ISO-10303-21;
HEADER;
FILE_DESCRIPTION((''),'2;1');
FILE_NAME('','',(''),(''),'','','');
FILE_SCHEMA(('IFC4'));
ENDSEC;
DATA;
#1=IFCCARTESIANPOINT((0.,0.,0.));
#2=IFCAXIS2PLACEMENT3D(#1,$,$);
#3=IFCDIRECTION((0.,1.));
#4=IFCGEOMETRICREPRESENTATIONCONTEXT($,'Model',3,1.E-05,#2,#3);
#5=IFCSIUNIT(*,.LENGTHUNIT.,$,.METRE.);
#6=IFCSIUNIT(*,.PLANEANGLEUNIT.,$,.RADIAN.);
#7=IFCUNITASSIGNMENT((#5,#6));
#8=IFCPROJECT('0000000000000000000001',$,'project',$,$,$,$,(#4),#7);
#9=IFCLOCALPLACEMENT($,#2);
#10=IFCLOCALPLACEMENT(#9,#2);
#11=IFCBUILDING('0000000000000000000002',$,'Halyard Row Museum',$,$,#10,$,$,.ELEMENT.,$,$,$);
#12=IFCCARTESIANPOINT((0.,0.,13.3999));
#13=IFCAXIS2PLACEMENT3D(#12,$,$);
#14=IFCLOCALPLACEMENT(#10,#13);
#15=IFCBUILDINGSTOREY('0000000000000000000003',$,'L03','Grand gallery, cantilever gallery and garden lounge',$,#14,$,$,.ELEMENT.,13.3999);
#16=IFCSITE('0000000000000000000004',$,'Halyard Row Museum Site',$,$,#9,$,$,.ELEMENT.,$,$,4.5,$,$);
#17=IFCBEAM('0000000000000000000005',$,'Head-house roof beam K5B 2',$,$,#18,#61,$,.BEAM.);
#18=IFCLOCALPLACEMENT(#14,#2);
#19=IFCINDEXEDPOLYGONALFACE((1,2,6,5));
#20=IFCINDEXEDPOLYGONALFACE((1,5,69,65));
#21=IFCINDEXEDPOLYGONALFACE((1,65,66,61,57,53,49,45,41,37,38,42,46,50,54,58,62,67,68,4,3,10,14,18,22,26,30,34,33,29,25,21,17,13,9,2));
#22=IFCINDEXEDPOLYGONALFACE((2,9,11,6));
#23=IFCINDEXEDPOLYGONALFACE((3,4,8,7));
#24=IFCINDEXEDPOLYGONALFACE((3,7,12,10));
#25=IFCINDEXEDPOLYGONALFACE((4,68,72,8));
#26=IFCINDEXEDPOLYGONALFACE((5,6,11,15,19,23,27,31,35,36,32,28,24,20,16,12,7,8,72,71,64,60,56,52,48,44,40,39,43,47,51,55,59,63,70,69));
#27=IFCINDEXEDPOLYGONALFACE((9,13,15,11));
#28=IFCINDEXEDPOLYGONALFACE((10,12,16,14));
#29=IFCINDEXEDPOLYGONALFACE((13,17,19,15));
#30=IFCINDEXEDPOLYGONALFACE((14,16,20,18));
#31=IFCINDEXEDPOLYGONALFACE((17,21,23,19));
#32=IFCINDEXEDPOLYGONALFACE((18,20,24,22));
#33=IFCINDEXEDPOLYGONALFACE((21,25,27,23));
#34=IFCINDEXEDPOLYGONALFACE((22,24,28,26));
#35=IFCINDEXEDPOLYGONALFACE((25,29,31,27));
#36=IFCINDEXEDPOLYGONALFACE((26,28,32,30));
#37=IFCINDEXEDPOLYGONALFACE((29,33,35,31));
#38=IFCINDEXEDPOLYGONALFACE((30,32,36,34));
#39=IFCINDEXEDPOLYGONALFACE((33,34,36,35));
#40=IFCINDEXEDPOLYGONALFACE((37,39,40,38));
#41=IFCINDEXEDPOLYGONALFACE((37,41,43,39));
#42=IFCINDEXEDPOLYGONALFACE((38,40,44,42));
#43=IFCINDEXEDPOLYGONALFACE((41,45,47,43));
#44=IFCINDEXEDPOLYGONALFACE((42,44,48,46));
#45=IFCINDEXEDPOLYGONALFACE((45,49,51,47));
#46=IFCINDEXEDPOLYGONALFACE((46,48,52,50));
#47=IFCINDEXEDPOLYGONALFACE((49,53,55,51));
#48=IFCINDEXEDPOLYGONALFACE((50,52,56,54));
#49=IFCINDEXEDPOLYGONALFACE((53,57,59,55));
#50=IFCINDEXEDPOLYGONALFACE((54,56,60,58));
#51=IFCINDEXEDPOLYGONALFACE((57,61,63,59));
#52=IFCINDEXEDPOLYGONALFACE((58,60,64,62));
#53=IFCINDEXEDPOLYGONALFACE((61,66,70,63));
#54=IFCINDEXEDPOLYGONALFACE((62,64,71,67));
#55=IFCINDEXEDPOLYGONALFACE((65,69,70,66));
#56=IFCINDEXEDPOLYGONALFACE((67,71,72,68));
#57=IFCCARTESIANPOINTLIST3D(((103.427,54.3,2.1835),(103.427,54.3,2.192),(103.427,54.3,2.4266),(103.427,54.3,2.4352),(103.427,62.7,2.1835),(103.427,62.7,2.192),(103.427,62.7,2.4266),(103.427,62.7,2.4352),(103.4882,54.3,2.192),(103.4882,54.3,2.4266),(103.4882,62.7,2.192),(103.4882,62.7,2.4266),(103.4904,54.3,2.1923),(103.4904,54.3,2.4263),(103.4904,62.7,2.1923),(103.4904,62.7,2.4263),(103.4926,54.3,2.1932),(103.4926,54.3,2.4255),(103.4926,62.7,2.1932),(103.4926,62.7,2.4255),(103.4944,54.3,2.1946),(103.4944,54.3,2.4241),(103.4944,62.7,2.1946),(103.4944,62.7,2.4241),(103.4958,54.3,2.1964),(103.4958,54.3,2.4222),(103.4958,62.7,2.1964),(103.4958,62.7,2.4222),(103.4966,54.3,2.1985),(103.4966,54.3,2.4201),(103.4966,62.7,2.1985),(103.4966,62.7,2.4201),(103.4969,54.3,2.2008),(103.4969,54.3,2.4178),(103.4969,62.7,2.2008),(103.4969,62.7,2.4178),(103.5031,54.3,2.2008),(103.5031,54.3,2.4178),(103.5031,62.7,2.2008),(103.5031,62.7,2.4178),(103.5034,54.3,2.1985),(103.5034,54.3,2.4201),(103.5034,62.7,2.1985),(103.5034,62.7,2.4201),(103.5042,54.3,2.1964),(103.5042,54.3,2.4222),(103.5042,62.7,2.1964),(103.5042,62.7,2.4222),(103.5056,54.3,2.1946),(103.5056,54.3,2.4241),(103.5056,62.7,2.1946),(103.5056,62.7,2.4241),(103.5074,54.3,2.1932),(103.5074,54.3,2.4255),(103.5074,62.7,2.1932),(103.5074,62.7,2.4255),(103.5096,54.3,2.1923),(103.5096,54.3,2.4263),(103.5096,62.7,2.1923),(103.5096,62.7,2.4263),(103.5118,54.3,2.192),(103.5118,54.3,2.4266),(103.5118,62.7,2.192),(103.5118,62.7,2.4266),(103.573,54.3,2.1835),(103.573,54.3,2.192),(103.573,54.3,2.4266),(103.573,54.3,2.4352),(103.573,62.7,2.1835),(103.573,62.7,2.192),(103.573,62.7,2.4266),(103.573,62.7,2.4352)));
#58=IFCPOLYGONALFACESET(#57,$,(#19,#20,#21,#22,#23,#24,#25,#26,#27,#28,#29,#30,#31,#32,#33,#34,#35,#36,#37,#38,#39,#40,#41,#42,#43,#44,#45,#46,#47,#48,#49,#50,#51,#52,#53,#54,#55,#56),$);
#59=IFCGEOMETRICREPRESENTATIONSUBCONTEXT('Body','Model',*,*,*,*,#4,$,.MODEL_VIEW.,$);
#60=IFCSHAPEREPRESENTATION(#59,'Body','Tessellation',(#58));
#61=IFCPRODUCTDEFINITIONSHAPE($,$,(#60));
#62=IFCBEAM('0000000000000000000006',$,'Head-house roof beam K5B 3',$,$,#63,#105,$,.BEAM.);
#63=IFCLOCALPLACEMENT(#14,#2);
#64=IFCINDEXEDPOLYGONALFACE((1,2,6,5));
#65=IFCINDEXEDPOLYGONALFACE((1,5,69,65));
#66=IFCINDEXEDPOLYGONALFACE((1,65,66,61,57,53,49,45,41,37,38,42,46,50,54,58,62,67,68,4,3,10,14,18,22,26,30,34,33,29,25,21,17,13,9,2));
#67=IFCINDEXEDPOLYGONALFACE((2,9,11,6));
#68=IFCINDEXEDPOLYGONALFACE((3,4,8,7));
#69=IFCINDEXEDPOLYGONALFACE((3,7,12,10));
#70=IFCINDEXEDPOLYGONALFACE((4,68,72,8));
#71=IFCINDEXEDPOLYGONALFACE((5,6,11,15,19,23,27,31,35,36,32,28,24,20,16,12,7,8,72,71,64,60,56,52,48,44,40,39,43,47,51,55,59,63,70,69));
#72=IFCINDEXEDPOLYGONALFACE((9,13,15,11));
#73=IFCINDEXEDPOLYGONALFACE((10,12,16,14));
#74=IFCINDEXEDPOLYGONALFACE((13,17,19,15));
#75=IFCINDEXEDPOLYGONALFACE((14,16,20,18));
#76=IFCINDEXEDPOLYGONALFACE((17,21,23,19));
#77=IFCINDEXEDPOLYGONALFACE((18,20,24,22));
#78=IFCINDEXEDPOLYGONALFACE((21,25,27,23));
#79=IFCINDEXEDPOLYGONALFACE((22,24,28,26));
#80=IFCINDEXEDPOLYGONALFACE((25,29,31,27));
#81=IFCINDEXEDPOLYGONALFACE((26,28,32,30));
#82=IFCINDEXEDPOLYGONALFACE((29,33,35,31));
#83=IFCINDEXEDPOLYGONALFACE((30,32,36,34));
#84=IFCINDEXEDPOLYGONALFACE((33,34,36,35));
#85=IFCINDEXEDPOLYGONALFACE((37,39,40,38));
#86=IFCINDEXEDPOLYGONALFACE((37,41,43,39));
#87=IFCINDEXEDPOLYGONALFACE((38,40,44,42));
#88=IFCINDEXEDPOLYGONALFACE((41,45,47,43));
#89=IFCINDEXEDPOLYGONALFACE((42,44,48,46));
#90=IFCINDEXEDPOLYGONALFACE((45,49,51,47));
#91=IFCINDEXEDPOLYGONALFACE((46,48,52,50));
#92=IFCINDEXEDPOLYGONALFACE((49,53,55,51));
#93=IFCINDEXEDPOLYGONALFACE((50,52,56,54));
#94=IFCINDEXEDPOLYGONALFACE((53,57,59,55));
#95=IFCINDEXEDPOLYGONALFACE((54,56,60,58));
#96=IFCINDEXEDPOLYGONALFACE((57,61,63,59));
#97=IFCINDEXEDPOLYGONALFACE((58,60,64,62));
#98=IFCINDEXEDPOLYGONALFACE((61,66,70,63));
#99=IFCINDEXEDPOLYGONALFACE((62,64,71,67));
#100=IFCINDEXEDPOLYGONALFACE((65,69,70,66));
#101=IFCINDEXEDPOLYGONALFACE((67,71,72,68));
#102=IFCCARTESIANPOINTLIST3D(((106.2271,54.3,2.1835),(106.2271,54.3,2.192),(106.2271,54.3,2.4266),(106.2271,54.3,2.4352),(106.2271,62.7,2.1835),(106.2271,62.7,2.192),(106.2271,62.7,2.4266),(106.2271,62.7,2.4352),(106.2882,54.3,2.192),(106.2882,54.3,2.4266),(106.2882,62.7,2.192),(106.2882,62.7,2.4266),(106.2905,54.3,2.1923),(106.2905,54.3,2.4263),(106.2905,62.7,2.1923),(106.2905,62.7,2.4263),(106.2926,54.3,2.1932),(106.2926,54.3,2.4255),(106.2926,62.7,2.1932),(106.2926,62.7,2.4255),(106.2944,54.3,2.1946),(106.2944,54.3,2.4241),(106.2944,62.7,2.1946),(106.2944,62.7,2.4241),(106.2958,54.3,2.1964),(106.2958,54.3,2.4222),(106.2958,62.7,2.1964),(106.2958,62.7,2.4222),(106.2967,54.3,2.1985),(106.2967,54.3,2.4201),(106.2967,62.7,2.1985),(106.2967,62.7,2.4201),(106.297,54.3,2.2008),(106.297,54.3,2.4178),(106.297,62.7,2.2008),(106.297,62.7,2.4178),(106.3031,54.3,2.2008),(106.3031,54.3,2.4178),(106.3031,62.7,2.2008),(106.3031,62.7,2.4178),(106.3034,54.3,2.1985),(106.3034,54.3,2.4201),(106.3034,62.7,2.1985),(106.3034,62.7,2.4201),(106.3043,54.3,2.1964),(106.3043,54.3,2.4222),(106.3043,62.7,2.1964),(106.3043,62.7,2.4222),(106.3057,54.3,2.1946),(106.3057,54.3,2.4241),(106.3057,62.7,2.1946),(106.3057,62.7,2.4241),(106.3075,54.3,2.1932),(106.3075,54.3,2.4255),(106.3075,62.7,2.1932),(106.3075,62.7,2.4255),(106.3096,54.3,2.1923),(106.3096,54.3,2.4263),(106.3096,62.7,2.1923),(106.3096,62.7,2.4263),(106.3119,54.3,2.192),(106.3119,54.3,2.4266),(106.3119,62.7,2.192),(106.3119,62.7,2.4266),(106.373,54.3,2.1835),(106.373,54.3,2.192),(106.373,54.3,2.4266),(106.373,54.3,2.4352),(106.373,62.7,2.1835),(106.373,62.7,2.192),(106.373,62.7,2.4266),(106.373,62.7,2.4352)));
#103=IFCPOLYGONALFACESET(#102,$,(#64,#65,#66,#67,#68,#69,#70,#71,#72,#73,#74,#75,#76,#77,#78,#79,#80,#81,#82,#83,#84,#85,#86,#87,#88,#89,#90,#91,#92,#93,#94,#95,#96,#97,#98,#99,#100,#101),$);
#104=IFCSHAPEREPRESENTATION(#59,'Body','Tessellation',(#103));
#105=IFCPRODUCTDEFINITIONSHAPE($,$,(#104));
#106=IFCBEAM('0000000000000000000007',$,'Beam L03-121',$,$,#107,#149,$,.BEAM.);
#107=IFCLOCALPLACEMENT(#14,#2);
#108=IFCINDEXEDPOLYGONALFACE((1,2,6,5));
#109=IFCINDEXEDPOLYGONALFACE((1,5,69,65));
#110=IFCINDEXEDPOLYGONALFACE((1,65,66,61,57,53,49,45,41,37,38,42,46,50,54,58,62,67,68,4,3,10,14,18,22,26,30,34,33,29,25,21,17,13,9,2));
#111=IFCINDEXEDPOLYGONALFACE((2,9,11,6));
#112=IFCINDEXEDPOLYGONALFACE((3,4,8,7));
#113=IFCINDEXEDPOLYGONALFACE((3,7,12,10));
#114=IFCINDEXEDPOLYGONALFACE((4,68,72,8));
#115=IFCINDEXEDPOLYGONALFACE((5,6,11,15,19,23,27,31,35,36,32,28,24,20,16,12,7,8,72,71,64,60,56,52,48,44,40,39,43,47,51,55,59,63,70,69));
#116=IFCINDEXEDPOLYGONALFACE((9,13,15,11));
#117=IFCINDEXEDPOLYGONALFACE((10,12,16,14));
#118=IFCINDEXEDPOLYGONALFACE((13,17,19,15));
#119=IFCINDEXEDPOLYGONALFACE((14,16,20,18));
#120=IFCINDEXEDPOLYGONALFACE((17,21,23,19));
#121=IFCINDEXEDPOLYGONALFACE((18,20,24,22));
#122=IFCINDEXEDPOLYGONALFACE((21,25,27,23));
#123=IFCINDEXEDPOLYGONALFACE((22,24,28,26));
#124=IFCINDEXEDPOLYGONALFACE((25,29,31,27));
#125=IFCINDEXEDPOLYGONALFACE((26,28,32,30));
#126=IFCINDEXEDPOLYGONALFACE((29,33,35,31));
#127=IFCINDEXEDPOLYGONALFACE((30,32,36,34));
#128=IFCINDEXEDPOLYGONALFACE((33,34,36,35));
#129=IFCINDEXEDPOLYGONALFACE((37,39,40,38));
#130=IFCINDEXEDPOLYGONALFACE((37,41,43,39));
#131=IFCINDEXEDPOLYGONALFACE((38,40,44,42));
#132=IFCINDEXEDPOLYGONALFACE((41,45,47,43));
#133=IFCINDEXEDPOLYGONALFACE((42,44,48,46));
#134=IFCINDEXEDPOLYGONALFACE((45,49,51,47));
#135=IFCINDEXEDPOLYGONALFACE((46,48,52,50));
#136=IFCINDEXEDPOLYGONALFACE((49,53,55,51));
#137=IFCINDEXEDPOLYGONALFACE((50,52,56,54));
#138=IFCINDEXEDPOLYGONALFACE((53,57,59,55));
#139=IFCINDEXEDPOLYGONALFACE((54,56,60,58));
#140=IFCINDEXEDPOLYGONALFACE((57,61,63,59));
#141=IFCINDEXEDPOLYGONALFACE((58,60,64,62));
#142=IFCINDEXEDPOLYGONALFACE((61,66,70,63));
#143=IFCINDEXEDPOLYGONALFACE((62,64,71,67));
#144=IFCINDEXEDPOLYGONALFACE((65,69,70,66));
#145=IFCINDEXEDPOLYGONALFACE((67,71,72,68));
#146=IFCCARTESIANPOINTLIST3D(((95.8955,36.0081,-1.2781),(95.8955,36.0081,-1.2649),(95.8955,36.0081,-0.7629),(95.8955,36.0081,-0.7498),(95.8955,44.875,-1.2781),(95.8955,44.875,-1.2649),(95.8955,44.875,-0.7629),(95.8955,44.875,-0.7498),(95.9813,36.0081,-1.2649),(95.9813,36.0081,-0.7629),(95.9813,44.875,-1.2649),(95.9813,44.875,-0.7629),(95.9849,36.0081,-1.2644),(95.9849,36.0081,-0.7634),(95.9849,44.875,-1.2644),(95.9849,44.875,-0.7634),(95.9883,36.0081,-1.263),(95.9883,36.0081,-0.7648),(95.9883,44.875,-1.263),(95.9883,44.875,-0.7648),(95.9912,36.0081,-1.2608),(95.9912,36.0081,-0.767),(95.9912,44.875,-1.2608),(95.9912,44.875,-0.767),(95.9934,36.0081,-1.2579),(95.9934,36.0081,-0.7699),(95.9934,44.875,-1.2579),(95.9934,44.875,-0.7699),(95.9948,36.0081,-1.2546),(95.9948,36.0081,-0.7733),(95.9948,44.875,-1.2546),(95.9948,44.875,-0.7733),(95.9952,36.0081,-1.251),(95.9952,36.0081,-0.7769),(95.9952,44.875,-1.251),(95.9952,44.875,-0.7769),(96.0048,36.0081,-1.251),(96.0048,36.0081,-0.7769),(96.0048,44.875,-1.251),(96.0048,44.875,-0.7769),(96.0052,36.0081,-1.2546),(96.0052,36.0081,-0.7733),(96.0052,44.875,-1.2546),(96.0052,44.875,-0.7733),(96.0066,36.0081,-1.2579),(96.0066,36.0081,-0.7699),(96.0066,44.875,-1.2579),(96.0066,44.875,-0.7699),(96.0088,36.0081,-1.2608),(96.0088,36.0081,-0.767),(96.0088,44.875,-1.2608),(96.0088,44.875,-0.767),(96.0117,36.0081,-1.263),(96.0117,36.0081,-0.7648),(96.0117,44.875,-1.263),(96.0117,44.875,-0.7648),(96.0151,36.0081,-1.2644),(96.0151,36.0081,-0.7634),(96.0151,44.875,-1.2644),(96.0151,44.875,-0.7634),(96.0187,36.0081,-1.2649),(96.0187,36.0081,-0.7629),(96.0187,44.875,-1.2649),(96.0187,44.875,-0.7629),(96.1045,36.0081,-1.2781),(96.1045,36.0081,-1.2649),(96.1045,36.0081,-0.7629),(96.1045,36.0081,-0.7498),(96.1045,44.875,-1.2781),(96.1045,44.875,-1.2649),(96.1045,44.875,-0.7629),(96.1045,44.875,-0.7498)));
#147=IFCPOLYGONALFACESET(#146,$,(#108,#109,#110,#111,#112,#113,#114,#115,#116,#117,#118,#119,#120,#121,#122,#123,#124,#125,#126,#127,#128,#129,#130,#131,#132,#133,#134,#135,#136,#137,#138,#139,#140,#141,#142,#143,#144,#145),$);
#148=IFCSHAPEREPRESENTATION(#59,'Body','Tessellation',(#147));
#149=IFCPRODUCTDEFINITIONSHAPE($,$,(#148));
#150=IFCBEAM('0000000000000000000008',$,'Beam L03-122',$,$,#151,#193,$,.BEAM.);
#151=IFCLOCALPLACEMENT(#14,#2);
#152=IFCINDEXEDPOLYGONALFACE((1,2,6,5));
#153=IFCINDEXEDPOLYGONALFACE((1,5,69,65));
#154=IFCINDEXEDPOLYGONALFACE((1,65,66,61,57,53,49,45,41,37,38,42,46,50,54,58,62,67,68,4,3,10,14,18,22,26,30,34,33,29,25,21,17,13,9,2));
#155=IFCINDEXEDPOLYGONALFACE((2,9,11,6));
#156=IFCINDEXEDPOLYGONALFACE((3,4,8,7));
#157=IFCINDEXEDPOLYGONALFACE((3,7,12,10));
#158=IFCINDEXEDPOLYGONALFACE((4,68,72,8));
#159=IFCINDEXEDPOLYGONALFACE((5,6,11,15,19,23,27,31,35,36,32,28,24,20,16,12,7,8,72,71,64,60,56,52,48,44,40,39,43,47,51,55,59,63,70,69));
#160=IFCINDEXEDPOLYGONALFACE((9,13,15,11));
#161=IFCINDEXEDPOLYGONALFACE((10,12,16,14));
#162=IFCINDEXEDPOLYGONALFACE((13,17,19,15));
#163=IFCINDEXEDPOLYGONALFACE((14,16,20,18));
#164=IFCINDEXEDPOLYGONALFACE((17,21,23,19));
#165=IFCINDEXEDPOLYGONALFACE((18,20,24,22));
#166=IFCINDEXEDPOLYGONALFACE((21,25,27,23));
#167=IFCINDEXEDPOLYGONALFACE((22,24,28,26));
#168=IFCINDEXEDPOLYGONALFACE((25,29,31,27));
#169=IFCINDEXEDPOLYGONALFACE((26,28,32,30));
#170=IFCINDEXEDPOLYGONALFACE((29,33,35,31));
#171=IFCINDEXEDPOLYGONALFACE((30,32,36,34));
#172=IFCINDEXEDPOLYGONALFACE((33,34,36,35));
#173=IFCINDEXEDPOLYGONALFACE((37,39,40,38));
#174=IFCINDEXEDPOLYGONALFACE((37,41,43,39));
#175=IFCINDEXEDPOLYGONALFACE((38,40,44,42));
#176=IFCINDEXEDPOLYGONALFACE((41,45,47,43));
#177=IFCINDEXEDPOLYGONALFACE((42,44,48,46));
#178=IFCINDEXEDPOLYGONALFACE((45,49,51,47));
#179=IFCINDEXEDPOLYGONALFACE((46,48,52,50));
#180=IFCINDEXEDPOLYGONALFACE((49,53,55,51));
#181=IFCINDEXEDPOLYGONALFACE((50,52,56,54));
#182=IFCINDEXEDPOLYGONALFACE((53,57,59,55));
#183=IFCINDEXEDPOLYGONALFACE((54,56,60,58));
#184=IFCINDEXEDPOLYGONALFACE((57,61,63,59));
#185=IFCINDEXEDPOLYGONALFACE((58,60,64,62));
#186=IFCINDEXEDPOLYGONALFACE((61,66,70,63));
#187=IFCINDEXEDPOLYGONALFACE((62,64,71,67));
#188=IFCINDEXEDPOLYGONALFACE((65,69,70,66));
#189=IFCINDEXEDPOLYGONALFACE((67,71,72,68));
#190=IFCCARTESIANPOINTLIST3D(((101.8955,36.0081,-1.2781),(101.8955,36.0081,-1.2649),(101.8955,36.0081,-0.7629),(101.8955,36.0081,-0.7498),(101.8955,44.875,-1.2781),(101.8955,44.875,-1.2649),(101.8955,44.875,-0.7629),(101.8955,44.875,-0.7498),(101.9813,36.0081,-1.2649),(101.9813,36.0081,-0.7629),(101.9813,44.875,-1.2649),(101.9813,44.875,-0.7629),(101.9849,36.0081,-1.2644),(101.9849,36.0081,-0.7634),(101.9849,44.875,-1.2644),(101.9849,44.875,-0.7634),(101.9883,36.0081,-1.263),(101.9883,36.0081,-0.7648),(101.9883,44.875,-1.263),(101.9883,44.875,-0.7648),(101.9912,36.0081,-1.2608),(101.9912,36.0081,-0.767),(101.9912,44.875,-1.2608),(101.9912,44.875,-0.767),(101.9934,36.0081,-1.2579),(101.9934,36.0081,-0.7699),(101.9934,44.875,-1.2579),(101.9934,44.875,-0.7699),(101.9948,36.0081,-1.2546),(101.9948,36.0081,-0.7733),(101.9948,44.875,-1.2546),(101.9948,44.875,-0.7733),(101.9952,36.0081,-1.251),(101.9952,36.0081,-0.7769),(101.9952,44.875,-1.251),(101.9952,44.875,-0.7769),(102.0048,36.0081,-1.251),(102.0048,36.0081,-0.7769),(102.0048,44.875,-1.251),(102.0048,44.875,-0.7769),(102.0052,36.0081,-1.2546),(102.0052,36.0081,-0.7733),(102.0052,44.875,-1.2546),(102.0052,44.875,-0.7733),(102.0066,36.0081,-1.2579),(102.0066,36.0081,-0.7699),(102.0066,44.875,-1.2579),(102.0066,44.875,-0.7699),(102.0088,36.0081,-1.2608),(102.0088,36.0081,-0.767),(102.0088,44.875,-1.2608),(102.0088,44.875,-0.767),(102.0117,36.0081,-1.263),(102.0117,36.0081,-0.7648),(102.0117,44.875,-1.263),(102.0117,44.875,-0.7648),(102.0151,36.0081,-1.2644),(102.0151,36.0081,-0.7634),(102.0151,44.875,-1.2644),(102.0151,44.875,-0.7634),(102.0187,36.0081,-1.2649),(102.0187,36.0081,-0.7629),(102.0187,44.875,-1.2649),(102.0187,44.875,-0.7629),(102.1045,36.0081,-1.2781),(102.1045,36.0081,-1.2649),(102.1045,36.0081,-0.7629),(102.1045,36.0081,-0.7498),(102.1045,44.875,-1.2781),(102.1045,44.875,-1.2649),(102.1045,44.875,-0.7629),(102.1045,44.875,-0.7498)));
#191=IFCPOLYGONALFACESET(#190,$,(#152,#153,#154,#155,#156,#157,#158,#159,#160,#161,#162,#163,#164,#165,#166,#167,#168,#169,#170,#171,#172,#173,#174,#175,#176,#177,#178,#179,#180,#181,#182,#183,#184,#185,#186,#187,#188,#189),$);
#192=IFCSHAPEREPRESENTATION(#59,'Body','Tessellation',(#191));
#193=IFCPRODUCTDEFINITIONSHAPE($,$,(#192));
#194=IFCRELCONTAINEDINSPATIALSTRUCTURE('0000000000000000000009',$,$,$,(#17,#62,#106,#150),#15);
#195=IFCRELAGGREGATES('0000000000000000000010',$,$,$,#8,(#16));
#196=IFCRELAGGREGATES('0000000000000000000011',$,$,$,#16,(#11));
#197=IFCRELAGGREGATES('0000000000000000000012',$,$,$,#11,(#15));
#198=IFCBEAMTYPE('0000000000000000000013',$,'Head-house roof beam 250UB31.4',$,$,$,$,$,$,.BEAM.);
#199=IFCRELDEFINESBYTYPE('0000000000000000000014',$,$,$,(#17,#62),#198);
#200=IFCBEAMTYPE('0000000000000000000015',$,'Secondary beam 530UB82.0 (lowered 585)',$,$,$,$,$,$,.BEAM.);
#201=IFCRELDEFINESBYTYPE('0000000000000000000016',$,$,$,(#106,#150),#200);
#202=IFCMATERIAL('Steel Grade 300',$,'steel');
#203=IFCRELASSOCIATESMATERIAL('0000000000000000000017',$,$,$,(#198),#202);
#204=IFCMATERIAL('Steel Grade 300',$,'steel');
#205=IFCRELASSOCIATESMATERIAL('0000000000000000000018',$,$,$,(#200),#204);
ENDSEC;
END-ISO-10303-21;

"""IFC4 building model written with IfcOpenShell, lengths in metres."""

from ifc_helpers import new_model, si_unit, direction, frame, origin, origin_2d, place, context, subcontext, project, spatial, i_section, extrude, material, material_profile, profile_set, type_object, element, save


model = new_model("IFC4")

# Units and contexts
model_context = context("Model", 3, precision=1e-05, world=origin(), true_north=direction((0.0, 1.0)))
body_context = subcontext(model_context, "Body", "Model", "MODEL_VIEW")
ifc_project = project(units=[si_unit("LENGTHUNIT", "METRE"), si_unit("PLANEANGLEUNIT", "RADIAN")], contexts=[model_context])

# Site, building, storey
site_placement = place(None, origin())
site = spatial("IfcSite", under=ifc_project, at=site_placement, Name="Halyard Row Museum Site", CompositionType="ELEMENT", RefElevation=4.5)
building_placement = place(site_placement, origin())
building = spatial("IfcBuilding", under=site, at=building_placement, Name="Halyard Row Museum", CompositionType="ELEMENT")
storey_placement = place(building_placement, frame((0.0, 0.0, 13.3999)))
storey = spatial("IfcBuildingStorey", under=building, at=storey_placement, Name="L03", Description="Grand gallery, cantilever gallery and garden lounge", CompositionType="ELEMENT", Elevation=13.3999)

# Beams
ifc_material_1 = material(Name="Steel Grade 300", Category="steel")
ifc_material_profile_1 = material_profile(ifc_material_1, i_section(OverallWidth=0.146, OverallDepth=0.2517, WebThickness=0.0061, FlangeThickness=0.0085, FilletRadius=0.0088, at=origin_2d()), Name="250UB31.4")
ifc_profile_set_1 = profile_set([ifc_material_profile_1], Name="Steel Grade 300")
beam_type_1 = type_object("IfcBeamType", Name="Head-house roof beam 250UB31.4", PredefinedType="BEAM", material=ifc_profile_set_1)
for number, where, z_axis, x_axis, name in (
    (1, (103.5, 54.3, 2.3093), (0.0, 1.0, 0.0), (-1.0, 0.0, 0.0), "Head-house roof beam K5B 2"),
    (2, (106.3, 54.3, 2.3093), (0.0, 1.0, 0.0), (-1.0, 0.0, 0.0), "Head-house roof beam K5B 3"),
):
    element("IfcBeam", number, at=place(storey_placement, frame(where, z_axis=z_axis, x_axis=x_axis)), inside=storey, type_object=beam_type_1, Name=name, PredefinedType="BEAM", context=body_context, shape_type="SweptSolid", body=[
        extrude(i_section(OverallWidth=0.146, OverallDepth=0.2517, WebThickness=0.0061, FlangeThickness=0.0085, FilletRadius=0.0088, at=origin_2d()), origin(), (0.0, 0.0, 1.0), 8.3999),
    ])
ifc_material_2 = material(Name="Steel Grade 300", Category="steel")
ifc_material_profile_2 = material_profile(ifc_material_2, i_section(OverallWidth=0.209, OverallDepth=0.5283, WebThickness=0.0095, FlangeThickness=0.0132, FilletRadius=0.0139, at=origin_2d()), Name="530UB82.0")
ifc_profile_set_2 = profile_set([ifc_material_profile_2], Name="Steel Grade 300")
beam_type_2 = type_object("IfcBeamType", Name="Secondary beam 530UB82.0 (lowered 585)", PredefinedType="BEAM", material=ifc_profile_set_2)
for number, where, z_axis, x_axis, name in (
    (3, (96.0, 36.0081, -1.0139), (0.0, 1.0, 0.0), (-1.0, 0.0, 0.0), "Beam L03-121"),
    (4, (102.0, 36.0081, -1.0139), (0.0, 1.0, 0.0), (-1.0, 0.0, 0.0), "Beam L03-122"),
):
    element("IfcBeam", number, at=place(storey_placement, frame(where, z_axis=z_axis, x_axis=x_axis)), inside=storey, type_object=beam_type_2, Name=name, PredefinedType="BEAM", context=body_context, shape_type="SweptSolid", body=[
        extrude(i_section(OverallWidth=0.209, OverallDepth=0.5283, WebThickness=0.0095, FlangeThickness=0.0132, FilletRadius=0.0139, at=origin_2d()), origin(), (0.0, 0.0, 1.0), 8.8669),
    ])

save(model, "model.ifc")
